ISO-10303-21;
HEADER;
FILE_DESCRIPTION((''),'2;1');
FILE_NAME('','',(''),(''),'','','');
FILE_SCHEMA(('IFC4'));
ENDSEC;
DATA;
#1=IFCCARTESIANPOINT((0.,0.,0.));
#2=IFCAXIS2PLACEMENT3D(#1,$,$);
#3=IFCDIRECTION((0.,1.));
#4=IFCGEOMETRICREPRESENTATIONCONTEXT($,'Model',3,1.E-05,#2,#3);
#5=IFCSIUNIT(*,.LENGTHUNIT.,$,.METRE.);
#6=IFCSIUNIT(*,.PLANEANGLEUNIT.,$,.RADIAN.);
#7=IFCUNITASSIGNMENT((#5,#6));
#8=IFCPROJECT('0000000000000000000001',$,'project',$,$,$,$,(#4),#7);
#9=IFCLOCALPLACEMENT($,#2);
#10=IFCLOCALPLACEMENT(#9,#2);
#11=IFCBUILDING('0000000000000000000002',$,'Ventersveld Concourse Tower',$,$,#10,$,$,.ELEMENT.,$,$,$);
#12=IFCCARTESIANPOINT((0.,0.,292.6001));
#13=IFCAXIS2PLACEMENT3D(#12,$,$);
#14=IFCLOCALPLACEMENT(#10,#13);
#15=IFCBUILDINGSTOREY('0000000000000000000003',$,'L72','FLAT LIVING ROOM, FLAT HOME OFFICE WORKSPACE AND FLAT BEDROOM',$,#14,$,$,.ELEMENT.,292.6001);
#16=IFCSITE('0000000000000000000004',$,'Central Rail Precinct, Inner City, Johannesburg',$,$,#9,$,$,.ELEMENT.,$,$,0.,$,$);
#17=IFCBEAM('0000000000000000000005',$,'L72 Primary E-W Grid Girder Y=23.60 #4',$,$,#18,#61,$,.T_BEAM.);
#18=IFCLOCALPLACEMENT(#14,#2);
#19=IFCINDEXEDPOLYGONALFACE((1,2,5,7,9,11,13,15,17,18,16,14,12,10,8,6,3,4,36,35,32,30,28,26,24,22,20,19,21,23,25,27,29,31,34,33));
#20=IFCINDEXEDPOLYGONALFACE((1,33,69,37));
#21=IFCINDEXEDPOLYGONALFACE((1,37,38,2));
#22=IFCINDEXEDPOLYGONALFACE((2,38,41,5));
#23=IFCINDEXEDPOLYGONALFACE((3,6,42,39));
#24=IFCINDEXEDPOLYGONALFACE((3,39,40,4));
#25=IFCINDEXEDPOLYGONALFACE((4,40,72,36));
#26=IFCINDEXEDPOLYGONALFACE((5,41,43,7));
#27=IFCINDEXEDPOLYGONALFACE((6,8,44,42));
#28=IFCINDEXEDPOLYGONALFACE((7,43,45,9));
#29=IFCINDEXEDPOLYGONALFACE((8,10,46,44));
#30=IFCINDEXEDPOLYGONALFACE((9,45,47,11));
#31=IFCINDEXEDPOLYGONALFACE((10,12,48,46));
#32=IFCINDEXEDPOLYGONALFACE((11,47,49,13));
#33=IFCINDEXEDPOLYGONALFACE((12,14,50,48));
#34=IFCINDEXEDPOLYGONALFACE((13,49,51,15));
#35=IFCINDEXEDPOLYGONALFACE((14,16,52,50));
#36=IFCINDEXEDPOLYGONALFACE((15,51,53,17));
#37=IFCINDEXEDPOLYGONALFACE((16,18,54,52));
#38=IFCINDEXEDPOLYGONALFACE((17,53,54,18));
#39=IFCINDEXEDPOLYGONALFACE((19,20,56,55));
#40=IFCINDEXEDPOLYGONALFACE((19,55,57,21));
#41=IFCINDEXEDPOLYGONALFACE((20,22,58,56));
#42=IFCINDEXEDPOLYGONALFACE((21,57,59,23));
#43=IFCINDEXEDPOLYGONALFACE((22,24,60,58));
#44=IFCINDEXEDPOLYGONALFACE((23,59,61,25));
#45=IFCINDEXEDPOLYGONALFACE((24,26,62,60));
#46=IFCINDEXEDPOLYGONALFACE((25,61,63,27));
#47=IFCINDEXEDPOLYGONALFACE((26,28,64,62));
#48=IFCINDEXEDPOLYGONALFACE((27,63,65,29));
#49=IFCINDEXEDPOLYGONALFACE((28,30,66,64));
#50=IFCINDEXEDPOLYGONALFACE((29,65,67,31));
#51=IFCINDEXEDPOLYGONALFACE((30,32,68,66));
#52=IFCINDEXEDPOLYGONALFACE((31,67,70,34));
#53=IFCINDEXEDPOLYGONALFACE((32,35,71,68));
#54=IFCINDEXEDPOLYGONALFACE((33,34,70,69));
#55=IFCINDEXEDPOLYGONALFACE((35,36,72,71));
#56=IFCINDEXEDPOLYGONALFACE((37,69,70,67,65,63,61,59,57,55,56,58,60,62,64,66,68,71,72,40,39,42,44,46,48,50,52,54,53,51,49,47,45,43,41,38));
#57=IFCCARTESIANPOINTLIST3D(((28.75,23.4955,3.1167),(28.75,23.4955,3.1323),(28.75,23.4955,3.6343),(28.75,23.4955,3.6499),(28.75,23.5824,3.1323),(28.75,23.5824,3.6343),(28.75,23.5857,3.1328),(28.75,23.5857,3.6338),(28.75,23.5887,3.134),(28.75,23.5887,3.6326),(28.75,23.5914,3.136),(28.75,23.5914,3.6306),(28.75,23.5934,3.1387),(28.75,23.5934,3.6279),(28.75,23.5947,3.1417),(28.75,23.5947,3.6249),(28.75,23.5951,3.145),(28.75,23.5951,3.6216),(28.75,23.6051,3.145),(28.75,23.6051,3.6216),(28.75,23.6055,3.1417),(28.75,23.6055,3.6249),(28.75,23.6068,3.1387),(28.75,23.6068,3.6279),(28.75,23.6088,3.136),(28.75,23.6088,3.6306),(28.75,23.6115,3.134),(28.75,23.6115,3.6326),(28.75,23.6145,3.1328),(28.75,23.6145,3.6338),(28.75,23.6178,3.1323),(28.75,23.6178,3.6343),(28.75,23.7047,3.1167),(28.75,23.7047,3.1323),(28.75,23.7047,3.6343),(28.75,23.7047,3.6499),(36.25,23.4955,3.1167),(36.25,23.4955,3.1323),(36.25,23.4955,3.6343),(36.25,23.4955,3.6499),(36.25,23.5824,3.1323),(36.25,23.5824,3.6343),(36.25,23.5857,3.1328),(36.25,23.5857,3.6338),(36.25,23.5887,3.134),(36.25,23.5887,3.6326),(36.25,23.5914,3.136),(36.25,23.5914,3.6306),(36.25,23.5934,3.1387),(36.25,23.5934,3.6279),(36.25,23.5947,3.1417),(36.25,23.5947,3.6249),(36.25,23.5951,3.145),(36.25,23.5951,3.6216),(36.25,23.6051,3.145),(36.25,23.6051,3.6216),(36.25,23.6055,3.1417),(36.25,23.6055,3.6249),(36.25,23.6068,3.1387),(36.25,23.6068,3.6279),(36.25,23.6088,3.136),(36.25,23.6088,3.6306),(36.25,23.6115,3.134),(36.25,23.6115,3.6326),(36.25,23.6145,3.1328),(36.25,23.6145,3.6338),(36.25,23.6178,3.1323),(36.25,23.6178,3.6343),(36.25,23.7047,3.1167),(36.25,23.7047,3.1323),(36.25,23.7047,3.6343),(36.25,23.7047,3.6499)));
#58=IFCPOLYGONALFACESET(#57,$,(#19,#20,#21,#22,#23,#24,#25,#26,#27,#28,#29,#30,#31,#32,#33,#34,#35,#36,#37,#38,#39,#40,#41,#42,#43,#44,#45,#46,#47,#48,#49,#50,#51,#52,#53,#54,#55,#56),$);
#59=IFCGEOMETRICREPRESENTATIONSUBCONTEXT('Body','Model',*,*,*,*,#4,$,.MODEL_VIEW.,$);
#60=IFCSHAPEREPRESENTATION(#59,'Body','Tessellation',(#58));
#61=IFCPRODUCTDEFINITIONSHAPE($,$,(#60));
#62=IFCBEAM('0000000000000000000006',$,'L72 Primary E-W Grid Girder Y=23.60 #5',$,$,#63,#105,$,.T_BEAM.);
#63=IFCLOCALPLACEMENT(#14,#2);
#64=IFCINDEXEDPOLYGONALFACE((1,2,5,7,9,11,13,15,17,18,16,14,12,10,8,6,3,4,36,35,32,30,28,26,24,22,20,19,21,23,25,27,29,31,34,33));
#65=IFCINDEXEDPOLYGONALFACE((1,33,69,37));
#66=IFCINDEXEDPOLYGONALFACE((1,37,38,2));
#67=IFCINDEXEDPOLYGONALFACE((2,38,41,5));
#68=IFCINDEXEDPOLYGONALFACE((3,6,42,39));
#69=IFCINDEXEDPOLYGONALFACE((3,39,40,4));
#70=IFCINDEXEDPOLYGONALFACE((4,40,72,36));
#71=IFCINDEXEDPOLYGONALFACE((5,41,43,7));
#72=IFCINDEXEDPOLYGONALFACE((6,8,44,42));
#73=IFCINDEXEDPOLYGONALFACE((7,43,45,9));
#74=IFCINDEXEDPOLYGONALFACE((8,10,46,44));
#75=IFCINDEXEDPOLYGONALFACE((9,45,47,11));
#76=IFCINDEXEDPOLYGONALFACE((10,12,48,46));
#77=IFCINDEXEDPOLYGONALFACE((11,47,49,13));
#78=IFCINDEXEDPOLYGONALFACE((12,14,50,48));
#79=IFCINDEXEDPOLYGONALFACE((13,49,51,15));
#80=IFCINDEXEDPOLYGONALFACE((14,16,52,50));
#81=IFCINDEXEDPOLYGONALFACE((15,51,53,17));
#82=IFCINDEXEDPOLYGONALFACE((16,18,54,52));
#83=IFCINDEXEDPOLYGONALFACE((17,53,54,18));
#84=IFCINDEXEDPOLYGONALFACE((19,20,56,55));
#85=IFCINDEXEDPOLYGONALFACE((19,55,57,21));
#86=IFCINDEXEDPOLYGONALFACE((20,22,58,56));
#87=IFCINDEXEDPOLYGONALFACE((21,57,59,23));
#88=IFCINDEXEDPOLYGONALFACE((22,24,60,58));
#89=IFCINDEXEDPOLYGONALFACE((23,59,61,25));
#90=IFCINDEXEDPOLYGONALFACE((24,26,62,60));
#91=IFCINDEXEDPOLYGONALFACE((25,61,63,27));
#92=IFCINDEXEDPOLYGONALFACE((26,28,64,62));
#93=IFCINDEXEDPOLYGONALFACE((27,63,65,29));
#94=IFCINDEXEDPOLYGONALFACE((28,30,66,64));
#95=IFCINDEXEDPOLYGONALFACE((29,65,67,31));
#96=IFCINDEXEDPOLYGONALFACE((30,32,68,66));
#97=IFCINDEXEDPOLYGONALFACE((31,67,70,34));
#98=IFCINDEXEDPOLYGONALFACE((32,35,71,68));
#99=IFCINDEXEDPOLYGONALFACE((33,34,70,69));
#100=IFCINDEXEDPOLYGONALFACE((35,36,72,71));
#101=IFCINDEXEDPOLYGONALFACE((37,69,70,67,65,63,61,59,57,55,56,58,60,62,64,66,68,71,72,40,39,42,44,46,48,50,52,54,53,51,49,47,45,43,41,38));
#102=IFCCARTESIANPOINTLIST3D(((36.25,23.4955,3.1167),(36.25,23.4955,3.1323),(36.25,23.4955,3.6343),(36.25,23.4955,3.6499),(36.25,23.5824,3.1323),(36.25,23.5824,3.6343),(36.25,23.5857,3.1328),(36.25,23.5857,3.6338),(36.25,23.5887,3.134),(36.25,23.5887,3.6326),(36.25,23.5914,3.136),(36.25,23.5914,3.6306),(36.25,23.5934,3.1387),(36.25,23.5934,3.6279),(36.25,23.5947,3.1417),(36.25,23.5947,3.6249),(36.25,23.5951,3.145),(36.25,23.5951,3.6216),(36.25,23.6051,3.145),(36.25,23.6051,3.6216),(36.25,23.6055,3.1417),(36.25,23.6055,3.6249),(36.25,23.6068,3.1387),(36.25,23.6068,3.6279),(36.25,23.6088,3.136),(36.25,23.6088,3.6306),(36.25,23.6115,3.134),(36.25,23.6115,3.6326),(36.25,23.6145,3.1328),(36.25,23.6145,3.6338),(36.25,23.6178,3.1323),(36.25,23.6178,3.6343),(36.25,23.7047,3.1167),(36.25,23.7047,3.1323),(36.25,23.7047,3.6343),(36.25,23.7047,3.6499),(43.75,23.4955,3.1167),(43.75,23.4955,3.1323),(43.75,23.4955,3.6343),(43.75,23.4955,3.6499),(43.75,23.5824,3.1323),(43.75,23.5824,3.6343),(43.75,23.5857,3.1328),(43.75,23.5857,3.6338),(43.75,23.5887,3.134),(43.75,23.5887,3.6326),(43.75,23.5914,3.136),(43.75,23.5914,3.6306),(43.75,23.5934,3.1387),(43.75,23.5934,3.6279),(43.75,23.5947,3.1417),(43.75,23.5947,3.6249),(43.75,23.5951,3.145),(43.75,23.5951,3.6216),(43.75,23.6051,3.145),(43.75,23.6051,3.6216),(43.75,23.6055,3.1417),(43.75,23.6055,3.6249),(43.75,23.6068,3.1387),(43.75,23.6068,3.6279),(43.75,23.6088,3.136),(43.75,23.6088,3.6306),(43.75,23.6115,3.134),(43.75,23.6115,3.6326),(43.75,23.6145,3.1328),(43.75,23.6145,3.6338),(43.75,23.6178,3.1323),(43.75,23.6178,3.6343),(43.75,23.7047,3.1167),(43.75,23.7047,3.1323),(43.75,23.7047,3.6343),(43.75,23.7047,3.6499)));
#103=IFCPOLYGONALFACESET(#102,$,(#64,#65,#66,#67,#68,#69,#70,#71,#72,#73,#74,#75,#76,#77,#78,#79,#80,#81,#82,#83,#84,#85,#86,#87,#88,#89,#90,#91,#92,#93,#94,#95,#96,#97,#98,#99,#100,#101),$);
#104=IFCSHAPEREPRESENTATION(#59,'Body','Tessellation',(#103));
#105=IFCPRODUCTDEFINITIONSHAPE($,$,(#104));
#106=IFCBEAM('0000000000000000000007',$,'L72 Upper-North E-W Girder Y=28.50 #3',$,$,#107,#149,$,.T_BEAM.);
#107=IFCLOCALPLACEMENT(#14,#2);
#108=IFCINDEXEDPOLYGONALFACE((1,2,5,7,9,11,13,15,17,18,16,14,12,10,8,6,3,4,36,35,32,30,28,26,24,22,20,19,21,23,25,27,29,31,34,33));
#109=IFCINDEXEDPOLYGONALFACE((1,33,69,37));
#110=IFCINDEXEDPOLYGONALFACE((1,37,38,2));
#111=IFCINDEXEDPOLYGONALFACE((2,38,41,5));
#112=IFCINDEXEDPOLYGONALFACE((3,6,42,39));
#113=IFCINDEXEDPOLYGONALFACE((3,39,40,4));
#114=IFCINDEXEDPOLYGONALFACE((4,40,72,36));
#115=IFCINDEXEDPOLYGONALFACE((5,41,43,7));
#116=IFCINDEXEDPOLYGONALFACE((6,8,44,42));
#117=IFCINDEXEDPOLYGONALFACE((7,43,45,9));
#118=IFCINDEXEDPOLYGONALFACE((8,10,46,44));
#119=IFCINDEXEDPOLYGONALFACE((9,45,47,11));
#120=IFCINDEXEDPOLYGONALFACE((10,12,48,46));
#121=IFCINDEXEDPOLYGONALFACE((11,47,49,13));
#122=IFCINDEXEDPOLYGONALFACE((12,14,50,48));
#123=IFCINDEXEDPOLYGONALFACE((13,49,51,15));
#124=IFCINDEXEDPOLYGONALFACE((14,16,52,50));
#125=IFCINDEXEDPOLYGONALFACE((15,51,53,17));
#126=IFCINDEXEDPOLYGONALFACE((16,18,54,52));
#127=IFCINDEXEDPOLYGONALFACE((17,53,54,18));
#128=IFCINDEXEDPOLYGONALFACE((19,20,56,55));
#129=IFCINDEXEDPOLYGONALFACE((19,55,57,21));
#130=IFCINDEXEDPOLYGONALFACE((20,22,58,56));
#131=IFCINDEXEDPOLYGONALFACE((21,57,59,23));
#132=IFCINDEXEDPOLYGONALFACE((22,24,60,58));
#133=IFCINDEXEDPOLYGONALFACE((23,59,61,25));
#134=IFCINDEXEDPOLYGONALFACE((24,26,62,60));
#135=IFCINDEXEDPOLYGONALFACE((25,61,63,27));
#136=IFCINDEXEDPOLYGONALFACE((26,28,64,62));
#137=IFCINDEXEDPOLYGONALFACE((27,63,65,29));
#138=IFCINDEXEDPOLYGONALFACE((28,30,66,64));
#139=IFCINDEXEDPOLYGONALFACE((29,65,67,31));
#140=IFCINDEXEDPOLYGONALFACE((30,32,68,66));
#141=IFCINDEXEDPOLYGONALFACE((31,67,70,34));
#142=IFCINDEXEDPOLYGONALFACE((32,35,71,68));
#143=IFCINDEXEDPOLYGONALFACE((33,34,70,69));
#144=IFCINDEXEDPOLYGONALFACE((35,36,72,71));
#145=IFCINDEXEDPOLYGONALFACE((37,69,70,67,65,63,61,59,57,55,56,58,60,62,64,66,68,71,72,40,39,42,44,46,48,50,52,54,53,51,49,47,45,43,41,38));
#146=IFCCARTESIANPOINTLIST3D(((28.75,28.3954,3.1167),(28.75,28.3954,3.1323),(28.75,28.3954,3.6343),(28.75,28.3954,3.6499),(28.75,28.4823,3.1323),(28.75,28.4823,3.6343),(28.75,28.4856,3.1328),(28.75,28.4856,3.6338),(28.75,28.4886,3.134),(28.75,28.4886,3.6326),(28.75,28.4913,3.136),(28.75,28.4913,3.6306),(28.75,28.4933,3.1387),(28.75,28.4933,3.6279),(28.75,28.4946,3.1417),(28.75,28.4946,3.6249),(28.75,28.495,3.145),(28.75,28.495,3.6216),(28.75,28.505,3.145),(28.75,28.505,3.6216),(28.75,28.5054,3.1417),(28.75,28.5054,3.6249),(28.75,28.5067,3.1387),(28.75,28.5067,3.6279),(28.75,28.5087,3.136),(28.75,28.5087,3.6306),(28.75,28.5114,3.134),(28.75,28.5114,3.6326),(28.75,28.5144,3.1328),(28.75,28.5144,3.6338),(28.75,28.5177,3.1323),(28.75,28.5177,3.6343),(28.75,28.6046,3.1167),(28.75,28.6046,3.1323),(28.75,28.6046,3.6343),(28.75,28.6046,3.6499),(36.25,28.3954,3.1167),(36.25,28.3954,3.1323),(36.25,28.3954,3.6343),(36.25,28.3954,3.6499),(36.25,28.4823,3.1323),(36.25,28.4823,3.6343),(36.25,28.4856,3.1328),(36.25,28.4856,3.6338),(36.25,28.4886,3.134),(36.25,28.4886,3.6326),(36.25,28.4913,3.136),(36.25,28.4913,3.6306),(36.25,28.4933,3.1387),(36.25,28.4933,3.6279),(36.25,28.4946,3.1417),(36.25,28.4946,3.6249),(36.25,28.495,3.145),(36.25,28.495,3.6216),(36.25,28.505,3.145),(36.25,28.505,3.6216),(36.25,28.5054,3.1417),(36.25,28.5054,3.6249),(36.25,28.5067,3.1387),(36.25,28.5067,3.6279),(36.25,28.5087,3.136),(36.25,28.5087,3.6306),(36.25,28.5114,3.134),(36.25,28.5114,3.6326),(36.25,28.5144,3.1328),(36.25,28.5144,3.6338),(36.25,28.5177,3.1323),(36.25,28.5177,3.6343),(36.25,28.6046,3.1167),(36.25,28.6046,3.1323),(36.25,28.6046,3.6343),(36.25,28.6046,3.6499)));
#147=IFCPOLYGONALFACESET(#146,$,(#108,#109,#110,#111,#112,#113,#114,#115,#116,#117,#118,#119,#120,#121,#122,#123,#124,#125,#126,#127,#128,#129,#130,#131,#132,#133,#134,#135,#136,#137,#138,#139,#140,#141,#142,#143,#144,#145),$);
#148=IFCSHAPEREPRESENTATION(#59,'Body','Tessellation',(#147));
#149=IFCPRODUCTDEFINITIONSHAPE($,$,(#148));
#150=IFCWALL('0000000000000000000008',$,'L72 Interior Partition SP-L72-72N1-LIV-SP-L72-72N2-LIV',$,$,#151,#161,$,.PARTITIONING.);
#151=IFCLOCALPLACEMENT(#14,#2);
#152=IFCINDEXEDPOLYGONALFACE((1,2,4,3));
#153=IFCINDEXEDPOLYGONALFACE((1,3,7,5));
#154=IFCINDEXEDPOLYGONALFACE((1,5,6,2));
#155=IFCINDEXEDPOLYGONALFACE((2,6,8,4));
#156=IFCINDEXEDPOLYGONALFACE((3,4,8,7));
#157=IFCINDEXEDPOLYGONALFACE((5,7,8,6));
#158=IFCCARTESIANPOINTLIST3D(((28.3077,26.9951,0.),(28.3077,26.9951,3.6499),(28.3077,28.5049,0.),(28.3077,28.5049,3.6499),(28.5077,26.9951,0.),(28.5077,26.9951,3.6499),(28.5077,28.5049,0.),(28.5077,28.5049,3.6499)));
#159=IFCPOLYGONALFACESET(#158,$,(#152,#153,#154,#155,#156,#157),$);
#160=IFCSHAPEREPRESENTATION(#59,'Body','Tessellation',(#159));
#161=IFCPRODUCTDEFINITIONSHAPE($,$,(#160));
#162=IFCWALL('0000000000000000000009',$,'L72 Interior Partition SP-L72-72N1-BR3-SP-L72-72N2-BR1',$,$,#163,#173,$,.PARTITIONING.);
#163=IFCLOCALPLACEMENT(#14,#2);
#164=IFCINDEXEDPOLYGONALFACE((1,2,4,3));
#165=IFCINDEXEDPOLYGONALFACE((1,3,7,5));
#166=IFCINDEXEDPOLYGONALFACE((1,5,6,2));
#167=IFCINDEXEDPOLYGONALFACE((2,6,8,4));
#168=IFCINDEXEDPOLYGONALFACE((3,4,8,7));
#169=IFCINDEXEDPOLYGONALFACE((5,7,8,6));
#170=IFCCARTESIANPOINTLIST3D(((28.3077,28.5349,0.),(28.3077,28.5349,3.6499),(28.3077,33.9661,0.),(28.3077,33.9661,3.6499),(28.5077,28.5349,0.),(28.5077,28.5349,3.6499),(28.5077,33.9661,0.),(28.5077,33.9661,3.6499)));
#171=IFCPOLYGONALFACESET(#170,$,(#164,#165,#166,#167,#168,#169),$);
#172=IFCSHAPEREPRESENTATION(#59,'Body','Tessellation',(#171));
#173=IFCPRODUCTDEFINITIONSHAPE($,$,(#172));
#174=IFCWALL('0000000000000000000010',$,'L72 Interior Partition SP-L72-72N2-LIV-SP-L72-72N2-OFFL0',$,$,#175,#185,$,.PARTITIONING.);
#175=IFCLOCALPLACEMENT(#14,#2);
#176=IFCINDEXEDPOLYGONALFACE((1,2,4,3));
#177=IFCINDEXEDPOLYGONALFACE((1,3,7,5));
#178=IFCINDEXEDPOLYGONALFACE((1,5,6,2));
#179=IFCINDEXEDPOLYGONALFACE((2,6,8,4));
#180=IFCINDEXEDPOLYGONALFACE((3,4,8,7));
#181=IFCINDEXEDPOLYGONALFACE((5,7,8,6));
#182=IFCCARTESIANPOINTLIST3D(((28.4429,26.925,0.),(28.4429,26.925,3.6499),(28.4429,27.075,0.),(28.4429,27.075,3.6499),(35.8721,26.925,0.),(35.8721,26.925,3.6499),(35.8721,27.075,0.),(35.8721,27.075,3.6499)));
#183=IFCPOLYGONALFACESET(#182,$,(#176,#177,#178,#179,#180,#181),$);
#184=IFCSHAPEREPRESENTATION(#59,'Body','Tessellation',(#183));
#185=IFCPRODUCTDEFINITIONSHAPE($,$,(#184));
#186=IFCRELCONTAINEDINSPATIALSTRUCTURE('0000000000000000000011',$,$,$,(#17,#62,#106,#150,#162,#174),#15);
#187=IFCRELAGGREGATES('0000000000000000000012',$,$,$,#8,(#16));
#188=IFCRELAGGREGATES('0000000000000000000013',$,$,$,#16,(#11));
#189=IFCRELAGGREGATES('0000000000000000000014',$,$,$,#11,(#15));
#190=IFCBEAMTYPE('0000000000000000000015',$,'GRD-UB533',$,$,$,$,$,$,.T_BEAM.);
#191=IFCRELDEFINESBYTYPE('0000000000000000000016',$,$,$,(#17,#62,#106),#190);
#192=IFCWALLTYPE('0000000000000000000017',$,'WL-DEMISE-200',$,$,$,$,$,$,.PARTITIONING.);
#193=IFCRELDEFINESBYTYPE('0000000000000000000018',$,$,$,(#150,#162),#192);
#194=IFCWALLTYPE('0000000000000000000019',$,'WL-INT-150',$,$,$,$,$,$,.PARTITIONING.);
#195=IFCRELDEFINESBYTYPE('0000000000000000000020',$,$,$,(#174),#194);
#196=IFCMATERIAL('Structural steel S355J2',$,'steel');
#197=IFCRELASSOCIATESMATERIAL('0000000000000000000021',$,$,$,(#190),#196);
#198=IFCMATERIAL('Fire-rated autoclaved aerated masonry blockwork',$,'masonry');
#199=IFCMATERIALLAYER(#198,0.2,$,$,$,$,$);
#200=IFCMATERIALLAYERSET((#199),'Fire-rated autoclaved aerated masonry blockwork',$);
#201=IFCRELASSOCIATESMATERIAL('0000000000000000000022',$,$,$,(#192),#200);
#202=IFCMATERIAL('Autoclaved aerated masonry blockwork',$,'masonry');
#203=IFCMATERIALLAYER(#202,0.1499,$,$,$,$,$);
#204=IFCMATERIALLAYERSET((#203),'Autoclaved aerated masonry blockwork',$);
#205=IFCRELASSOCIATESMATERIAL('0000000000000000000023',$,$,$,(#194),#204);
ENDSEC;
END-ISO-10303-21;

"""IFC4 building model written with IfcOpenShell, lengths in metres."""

from ifc_helpers import new_model, si_unit, direction, frame, frame_2d, origin, origin_2d, place, context, subcontext, project, spatial, rectangle, i_section, extrude, material, layer, layer_set, material_profile, profile_set, type_object, element, save


model = new_model("IFC4")

# Units and contexts
model_context = context("Model", 3, precision=1e-05, world=origin(), true_north=direction((0.0, 1.0)))
body_context = subcontext(model_context, "Body", "Model", "MODEL_VIEW")
ifc_project = project(units=[si_unit("LENGTHUNIT", "METRE"), si_unit("PLANEANGLEUNIT", "RADIAN")], contexts=[model_context])

# Site, building, storey
site_placement = place(None, origin())
site = spatial("IfcSite", under=ifc_project, at=site_placement, Name="Central Rail Precinct, Inner City, Johannesburg", CompositionType="ELEMENT", RefElevation=0.0)
building_placement = place(site_placement, origin())
building = spatial("IfcBuilding", under=site, at=building_placement, Name="Ventersveld Concourse Tower", CompositionType="ELEMENT")
storey_placement = place(building_placement, frame((0.0, 0.0, 292.6001)))
storey = spatial("IfcBuildingStorey", under=building, at=storey_placement, Name="L72", Description="FLAT LIVING ROOM, FLAT HOME OFFICE WORKSPACE AND FLAT BEDROOM", CompositionType="ELEMENT", Elevation=292.6001)

# Beams
ifc_material_1 = material(Name="Structural steel S355J2", Category="steel")
ifc_material_profile_1 = material_profile(ifc_material_1, i_section(OverallWidth=0.2092, OverallDepth=0.5332, WebThickness=0.01, FlangeThickness=0.0156, FilletRadius=0.0127, at=origin_2d()), Name="UB 533x210x92")
ifc_profile_set_1 = profile_set([ifc_material_profile_1], Name="Structural steel S355J2")
beam_type_1 = type_object("IfcBeamType", Name="GRD-UB533", PredefinedType="T_BEAM", material=ifc_profile_set_1)
for number, where, z_axis, x_axis, name in (
    (1, (28.75, 23.6001, 3.3833), (1.0, 0.0, 0.0), (0.0, 1.0, 0.0), "L72 Primary E-W Grid Girder Y=23.60 #4"),
    (2, (36.25, 23.6001, 3.3833), (1.0, 0.0, 0.0), (0.0, 1.0, 0.0), "L72 Primary E-W Grid Girder Y=23.60 #5"),
    (3, (28.75, 28.5, 3.3833), (1.0, 0.0, 0.0), (0.0, 1.0, 0.0), "L72 Upper-North E-W Girder Y=28.50 #3"),
):
    element("IfcBeam", number, at=place(storey_placement, frame(where, z_axis=z_axis, x_axis=x_axis)), inside=storey, type_object=beam_type_1, Name=name, PredefinedType="T_BEAM", context=body_context, shape_type="SweptSolid", body=[
        extrude(i_section(OverallWidth=0.2092, OverallDepth=0.5332, WebThickness=0.01, FlangeThickness=0.0156, FilletRadius=0.0127, at=origin_2d()), origin(), (0.0, 0.0, 1.0), 7.5),
    ])

# Walls
ifc_material_2 = material(Name="Fire-rated autoclaved aerated masonry blockwork", Category="masonry")
ifc_layer_1 = layer(ifc_material_2, 0.2)
ifc_layer_set_1 = layer_set([ifc_layer_1], Name="Fire-rated autoclaved aerated masonry blockwork")
wall_type_1 = type_object("IfcWallType", Name="WL-DEMISE-200", PredefinedType="PARTITIONING", material=ifc_layer_set_1)
wall_1_placement = place(storey_placement, frame((28.4077, 26.9951, 0.0), z_axis=(0.0, 0.0, 1.0), x_axis=(0.0, 1.0, 0.0)))
element("IfcWall", 4, at=wall_1_placement, inside=storey, type_object=wall_type_1, Name="L72 Interior Partition SP-L72-72N1-LIV-SP-L72-72N2-LIV", PredefinedType="PARTITIONING", context=body_context, shape_type="SweptSolid", body=[
    extrude(rectangle(XDim=1.5098, YDim=0.2, at=frame_2d((0.7549, 0.0))), origin(), (0.0, 0.0, 1.0), 3.6499),
])
wall_2_placement = place(storey_placement, frame((28.4077, 28.5349, 0.0), z_axis=(0.0, 0.0, 1.0), x_axis=(0.0, 1.0, 0.0)))
element("IfcWall", 5, at=wall_2_placement, inside=storey, type_object=wall_type_1, Name="L72 Interior Partition SP-L72-72N1-BR3-SP-L72-72N2-BR1", PredefinedType="PARTITIONING", context=body_context, shape_type="SweptSolid", body=[
    extrude(rectangle(XDim=5.4312, YDim=0.2, at=frame_2d((2.7156, 0.0))), origin(), (0.0, 0.0, 1.0), 3.6499),
])
ifc_material_3 = material(Name="Autoclaved aerated masonry blockwork", Category="masonry")
ifc_layer_2 = layer(ifc_material_3, 0.1499)
ifc_layer_set_2 = layer_set([ifc_layer_2], Name="Autoclaved aerated masonry blockwork")
wall_type_2 = type_object("IfcWallType", Name="WL-INT-150", PredefinedType="PARTITIONING", material=ifc_layer_set_2)
wall_3_placement = place(storey_placement, frame((28.4429, 27.0, 0.0), z_axis=(0.0, 0.0, 1.0), x_axis=(1.0, 0.0, 0.0)))
element("IfcWall", 6, at=wall_3_placement, inside=storey, type_object=wall_type_2, Name="L72 Interior Partition SP-L72-72N2-LIV-SP-L72-72N2-OFFL0", PredefinedType="PARTITIONING", context=body_context, shape_type="SweptSolid", body=[
    extrude(rectangle(XDim=7.4292, YDim=0.1499, at=frame_2d((3.7146, 0.0))), origin(), (0.0, 0.0, 1.0), 3.6499),
])

save(model, "model.ifc")
